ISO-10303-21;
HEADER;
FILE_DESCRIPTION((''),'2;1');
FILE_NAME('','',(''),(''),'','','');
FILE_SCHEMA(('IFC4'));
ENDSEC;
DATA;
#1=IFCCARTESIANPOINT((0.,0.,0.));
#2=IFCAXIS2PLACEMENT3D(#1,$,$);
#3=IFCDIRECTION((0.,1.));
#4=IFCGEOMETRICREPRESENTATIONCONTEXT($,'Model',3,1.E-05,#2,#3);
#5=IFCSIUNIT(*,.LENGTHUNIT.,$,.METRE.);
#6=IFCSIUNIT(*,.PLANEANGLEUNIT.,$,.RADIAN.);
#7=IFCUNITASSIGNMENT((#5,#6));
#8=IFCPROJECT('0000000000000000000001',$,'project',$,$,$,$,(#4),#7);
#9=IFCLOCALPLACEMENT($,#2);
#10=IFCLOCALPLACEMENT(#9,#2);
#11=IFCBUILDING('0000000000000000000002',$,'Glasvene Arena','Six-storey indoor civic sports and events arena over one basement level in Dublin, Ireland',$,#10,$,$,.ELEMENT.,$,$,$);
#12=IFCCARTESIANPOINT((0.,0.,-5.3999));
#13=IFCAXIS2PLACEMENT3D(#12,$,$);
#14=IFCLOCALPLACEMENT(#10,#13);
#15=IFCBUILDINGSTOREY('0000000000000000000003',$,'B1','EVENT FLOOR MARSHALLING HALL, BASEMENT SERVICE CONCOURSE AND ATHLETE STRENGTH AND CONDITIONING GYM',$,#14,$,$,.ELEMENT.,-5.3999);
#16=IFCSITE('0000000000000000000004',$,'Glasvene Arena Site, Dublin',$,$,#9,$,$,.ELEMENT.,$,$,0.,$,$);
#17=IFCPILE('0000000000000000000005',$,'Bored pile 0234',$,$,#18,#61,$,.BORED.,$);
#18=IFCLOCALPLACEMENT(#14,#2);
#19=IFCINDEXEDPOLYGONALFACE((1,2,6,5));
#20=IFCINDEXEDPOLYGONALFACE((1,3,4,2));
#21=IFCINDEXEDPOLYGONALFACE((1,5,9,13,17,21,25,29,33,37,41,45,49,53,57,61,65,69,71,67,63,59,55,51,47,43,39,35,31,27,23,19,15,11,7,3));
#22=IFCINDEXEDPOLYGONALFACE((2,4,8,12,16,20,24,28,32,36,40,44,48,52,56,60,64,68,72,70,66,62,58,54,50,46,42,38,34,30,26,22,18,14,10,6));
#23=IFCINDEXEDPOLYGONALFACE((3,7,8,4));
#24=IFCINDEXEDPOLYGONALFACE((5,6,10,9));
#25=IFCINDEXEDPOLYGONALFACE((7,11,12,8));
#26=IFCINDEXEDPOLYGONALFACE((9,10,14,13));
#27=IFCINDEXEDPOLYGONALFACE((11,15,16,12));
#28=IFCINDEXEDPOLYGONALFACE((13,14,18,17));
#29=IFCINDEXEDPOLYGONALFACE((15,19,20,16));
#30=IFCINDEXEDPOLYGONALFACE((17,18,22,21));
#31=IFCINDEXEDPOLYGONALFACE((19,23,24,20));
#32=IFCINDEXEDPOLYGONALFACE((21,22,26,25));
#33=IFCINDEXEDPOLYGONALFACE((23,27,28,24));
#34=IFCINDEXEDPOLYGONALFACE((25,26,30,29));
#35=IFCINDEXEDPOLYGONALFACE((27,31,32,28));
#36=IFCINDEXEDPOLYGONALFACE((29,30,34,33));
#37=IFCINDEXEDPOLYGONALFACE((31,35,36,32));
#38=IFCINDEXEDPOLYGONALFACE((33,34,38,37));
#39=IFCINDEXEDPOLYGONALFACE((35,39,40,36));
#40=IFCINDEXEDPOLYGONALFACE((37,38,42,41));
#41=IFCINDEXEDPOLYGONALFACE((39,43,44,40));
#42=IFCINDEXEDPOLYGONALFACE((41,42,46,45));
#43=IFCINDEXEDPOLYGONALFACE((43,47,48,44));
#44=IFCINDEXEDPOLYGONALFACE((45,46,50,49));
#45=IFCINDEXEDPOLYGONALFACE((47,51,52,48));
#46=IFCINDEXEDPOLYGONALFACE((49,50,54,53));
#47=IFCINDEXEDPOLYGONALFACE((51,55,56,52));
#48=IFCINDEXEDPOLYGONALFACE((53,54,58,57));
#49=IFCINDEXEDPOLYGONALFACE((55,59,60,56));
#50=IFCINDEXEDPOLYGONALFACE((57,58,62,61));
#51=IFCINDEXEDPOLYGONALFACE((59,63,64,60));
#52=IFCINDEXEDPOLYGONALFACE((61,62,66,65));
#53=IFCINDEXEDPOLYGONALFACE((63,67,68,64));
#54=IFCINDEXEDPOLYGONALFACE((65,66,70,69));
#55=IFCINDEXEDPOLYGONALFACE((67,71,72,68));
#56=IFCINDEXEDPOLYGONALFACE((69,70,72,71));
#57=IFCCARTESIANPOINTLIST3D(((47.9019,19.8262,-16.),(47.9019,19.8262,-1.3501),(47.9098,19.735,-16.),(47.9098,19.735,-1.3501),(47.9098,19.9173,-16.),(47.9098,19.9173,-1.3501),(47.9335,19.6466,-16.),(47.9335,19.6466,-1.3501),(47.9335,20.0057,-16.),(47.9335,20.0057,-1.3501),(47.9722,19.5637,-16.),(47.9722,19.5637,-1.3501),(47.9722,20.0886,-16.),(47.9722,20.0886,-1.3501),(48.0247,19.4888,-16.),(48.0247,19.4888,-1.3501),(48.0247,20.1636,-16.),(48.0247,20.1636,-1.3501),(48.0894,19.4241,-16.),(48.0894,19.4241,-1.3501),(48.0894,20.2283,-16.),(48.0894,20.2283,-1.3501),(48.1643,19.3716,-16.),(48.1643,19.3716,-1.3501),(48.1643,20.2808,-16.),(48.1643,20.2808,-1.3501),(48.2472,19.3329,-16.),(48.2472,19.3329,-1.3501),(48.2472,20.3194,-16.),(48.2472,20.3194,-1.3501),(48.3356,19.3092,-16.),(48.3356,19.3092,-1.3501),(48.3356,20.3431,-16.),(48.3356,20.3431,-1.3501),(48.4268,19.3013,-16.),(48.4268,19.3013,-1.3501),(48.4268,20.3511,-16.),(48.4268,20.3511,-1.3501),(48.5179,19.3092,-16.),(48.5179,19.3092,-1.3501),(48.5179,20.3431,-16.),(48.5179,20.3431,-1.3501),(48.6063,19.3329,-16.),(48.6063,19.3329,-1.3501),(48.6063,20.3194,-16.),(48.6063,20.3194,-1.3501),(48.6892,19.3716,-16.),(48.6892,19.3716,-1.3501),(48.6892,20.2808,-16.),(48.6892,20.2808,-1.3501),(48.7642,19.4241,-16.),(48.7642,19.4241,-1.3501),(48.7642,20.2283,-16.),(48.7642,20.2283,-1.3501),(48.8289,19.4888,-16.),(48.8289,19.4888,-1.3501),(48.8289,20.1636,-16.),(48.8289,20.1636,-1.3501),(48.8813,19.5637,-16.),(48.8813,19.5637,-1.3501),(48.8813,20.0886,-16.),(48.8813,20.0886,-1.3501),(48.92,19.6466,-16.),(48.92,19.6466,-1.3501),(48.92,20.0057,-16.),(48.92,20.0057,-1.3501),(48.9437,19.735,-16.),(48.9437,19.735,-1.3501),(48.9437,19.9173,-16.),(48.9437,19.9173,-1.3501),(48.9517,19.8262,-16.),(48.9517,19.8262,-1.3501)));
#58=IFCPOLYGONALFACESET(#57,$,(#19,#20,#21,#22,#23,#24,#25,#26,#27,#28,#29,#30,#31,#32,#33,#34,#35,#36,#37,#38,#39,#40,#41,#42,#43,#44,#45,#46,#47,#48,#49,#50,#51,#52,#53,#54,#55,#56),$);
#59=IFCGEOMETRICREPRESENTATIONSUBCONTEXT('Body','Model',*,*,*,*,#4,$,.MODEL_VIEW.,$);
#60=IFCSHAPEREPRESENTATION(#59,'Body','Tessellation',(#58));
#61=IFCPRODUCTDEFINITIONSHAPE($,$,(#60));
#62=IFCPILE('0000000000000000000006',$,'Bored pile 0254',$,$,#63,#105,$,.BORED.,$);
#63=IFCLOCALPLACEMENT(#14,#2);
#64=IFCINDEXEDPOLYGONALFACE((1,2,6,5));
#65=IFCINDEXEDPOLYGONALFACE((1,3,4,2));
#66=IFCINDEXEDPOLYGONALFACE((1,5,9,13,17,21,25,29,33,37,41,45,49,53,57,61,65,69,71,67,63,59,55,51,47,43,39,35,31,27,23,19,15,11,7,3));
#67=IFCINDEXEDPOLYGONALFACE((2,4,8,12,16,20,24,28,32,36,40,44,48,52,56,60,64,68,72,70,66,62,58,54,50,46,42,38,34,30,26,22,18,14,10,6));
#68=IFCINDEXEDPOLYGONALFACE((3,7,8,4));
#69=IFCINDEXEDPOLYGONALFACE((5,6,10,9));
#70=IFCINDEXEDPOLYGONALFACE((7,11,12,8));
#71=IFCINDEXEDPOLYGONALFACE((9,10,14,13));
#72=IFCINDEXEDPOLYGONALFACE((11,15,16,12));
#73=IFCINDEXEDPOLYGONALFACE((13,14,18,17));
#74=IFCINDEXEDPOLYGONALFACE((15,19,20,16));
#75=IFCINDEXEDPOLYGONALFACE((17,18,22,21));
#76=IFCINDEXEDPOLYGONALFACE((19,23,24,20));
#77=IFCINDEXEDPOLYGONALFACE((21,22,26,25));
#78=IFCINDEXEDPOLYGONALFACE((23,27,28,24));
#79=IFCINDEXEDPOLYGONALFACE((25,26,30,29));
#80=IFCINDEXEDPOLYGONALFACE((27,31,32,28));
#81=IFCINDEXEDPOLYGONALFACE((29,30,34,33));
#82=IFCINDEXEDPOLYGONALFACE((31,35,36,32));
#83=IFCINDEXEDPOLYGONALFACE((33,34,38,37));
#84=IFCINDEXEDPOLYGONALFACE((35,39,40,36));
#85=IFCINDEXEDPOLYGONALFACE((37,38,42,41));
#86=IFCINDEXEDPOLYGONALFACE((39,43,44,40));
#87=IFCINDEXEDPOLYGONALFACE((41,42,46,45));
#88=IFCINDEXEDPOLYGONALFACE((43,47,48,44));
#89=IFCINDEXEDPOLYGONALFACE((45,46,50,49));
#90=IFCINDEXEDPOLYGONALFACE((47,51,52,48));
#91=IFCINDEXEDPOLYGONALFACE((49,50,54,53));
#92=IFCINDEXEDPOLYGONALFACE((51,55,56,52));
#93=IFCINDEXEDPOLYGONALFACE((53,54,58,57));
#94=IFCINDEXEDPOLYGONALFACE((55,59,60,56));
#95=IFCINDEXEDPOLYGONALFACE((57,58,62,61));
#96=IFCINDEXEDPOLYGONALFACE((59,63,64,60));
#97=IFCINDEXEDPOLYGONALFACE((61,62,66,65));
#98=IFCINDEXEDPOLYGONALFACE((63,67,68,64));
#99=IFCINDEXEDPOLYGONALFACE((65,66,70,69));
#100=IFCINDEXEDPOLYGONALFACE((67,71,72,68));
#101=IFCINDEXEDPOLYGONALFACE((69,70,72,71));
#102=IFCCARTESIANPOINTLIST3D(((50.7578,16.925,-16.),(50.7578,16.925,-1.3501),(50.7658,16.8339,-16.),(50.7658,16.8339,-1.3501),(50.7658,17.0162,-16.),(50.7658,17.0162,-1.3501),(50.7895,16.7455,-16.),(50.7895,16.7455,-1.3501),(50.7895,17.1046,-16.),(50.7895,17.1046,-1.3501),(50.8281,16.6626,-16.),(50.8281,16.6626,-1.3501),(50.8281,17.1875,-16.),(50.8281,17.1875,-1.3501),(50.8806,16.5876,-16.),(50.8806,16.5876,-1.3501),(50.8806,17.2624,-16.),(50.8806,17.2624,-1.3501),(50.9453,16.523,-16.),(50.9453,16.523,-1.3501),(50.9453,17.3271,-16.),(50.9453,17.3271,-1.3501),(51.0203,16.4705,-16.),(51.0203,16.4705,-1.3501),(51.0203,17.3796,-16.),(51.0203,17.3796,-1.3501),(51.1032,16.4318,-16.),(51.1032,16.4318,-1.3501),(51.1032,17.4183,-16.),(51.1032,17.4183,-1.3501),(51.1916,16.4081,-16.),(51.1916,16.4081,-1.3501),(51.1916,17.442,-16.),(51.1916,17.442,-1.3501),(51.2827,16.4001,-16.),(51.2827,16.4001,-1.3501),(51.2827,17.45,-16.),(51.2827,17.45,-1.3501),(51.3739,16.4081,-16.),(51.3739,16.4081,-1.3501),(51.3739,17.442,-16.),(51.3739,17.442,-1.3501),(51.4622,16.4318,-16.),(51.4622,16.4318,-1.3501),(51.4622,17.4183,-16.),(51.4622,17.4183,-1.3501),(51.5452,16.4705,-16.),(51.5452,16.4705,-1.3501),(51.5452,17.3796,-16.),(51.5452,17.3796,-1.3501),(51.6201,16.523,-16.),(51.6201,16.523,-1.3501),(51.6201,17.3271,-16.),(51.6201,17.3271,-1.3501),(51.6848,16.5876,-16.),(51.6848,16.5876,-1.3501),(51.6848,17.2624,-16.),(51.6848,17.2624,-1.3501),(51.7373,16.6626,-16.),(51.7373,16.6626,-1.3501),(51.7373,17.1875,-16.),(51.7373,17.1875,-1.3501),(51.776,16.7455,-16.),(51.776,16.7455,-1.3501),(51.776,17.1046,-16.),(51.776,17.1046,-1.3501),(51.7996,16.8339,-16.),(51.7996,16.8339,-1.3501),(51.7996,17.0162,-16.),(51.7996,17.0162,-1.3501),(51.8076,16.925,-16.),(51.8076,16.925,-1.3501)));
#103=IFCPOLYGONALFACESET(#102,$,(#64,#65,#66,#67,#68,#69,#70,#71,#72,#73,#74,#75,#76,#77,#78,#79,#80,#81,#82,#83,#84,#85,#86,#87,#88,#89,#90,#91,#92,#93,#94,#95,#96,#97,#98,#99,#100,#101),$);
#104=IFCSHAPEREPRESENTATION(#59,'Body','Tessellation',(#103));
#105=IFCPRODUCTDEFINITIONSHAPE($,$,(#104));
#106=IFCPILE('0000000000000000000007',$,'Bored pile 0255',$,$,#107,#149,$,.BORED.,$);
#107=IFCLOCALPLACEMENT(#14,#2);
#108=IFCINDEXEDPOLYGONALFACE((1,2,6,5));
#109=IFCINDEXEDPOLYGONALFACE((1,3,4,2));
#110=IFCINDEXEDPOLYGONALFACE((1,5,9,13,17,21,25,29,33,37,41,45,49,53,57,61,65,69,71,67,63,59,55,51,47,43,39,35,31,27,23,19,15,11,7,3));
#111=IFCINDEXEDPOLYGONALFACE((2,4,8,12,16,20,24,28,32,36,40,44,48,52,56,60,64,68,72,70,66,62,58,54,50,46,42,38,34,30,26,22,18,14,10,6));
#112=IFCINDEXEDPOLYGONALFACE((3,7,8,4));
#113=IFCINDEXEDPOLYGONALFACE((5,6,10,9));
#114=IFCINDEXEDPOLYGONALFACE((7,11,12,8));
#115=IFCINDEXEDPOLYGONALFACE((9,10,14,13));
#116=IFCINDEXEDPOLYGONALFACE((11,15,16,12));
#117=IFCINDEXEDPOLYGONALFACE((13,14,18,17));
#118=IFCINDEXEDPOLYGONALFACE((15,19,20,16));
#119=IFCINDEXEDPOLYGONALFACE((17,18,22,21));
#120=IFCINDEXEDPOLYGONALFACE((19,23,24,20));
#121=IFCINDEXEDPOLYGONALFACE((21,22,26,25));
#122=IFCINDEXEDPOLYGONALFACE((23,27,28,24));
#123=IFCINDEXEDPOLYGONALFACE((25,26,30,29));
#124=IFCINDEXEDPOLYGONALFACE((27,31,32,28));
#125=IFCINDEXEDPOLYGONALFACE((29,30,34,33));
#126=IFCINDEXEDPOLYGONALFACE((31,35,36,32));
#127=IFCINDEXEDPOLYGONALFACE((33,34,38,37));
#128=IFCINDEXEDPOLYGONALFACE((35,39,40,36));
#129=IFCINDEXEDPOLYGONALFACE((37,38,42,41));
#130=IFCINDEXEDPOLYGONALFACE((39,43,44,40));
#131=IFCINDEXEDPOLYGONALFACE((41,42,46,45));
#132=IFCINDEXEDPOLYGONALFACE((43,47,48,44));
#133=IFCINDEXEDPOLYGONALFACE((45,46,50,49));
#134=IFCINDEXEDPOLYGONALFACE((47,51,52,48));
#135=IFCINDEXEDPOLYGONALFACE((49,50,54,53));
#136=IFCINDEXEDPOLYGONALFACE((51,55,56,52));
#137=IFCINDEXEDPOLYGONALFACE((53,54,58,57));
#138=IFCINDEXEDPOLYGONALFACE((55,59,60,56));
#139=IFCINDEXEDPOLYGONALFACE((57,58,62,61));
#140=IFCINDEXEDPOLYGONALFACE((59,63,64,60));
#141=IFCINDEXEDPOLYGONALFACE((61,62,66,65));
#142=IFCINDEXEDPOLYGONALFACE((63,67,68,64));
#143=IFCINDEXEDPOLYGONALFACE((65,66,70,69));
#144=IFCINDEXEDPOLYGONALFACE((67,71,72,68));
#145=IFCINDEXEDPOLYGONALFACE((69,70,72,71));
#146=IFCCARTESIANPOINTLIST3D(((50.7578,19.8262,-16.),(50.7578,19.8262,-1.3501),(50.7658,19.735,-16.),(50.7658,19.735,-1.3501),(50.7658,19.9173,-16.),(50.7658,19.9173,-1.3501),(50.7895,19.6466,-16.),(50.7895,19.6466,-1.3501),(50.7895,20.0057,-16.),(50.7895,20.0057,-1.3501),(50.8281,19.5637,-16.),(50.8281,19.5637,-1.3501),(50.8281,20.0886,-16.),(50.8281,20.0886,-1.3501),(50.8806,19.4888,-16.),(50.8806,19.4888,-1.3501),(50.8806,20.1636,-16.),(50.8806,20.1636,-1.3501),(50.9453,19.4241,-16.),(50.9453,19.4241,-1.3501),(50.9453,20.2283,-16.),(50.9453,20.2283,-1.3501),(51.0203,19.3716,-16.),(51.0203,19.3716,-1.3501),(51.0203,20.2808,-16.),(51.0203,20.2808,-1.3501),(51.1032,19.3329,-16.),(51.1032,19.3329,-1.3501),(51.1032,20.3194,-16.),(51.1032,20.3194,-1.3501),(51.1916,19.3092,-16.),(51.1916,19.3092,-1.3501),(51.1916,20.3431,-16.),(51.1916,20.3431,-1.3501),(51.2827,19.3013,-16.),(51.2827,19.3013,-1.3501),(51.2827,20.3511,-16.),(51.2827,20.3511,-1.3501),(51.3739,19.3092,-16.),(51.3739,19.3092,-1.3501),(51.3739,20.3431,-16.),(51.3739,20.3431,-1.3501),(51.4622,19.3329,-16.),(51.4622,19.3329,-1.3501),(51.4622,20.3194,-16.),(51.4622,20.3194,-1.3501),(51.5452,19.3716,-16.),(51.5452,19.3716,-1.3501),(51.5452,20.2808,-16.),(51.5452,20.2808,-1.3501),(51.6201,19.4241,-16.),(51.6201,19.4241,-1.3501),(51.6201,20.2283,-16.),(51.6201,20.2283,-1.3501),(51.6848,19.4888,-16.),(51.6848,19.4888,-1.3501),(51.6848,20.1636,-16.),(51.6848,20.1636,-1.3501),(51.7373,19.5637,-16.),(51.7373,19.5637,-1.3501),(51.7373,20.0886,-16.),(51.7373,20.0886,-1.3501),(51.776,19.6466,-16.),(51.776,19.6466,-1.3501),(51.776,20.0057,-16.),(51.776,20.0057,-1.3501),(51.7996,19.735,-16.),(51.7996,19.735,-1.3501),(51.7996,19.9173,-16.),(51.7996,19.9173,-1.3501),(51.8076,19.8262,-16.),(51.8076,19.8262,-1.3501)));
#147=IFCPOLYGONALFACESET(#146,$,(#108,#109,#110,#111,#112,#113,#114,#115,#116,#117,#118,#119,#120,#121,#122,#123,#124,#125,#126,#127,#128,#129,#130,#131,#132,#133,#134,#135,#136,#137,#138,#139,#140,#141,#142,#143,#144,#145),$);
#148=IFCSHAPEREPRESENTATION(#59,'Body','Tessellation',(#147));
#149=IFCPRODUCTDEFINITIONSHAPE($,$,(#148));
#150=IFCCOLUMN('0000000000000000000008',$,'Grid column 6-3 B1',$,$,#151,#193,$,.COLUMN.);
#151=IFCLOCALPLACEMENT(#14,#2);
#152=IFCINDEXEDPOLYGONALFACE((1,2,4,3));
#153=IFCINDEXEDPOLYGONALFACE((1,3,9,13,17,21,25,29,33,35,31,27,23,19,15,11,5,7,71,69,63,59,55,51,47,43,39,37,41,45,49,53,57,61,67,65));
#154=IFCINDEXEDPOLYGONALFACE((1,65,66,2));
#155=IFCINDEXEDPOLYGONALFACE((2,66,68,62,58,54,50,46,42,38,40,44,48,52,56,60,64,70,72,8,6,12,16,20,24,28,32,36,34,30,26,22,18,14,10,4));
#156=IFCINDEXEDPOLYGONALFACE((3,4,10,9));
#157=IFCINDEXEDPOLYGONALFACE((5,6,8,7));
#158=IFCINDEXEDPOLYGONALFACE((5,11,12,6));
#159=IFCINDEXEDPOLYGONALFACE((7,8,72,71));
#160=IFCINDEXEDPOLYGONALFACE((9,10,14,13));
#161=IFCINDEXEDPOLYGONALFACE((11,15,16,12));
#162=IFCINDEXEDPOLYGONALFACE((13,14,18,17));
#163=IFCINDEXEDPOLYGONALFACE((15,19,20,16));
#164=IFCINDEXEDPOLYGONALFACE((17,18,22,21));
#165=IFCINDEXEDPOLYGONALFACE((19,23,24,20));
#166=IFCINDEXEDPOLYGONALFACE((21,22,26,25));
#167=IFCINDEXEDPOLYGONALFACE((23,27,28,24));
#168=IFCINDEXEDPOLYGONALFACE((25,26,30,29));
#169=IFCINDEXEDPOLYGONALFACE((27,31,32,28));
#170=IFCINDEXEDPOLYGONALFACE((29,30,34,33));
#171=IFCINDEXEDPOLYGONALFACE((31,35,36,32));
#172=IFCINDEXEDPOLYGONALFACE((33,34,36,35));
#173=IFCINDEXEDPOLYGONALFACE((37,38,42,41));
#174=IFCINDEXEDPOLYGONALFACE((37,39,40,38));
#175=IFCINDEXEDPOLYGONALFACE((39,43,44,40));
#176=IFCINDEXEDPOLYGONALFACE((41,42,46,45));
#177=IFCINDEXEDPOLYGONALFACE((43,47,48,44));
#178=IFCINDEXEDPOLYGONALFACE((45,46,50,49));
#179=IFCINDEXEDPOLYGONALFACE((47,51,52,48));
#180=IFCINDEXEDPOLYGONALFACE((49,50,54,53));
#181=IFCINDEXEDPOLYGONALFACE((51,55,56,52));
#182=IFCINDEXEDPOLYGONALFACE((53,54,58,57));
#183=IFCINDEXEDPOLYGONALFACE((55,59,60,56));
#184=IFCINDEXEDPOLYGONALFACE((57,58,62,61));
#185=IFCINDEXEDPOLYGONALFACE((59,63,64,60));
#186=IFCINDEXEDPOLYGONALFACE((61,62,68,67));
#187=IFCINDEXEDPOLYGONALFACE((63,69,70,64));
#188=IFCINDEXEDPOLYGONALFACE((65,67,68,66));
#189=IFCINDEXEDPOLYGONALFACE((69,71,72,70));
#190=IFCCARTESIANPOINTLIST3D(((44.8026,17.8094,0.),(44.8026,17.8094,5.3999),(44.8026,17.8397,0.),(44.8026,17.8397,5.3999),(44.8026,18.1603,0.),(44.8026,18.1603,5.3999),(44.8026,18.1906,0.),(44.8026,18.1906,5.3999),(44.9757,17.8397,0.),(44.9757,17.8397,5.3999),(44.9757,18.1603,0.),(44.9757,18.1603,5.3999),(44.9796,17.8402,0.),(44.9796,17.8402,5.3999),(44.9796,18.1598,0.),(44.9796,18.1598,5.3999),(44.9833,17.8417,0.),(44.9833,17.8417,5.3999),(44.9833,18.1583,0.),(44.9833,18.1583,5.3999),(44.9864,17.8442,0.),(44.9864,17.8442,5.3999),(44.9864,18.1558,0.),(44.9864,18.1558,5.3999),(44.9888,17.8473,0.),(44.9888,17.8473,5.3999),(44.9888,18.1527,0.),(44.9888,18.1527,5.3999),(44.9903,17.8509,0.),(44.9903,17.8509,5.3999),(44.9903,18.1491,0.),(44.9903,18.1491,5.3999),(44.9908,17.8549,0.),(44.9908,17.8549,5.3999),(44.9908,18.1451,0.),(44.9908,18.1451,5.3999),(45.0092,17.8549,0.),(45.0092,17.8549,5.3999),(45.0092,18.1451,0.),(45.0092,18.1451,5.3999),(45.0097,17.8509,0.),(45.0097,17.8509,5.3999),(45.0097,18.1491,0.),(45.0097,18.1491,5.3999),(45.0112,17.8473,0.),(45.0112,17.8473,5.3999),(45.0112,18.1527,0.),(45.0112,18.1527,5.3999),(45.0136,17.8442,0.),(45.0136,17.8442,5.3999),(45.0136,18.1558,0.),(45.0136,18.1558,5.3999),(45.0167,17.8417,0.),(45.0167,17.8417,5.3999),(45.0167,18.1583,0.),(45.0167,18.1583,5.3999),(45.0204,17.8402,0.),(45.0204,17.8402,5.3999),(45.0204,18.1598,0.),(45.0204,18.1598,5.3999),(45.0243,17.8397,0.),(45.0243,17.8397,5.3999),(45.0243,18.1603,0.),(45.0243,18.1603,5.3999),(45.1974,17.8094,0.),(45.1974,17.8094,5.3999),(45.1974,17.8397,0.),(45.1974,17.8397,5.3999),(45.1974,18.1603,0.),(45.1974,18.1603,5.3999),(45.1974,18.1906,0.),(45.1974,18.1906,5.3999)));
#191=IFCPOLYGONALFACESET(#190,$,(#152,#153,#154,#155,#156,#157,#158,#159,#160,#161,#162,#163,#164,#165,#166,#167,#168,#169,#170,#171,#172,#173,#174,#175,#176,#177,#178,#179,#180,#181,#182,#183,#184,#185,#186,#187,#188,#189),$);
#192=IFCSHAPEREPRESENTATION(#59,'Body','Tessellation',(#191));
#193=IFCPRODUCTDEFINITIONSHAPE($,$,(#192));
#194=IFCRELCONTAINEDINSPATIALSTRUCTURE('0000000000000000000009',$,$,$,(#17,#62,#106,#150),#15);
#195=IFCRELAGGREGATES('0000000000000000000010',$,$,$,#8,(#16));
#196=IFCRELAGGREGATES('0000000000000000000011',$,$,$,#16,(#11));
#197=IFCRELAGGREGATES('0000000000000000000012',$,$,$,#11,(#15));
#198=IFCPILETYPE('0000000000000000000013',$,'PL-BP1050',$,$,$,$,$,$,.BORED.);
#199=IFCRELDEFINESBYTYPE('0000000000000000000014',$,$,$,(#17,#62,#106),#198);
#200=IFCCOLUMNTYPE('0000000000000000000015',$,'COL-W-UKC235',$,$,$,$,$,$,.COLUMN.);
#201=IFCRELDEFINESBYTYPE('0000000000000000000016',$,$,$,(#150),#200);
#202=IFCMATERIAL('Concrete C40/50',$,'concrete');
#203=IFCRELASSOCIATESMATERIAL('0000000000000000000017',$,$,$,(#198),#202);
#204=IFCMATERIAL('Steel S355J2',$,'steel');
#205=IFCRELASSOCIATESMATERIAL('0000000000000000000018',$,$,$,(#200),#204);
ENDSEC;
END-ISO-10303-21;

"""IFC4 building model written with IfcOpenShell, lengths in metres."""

from ifc_helpers import new_model, si_unit, direction, frame, origin, origin_2d, place, context, subcontext, project, spatial, circle, i_section, extrude, material, material_profile, profile_set, type_object, element, save


model = new_model("IFC4")

# Units and contexts
model_context = context("Model", 3, precision=1e-05, world=origin(), true_north=direction((0.0, 1.0)))
body_context = subcontext(model_context, "Body", "Model", "MODEL_VIEW")
ifc_project = project(units=[si_unit("LENGTHUNIT", "METRE"), si_unit("PLANEANGLEUNIT", "RADIAN")], contexts=[model_context])

# Site, building, storey
site_placement = place(None, origin())
site = spatial("IfcSite", under=ifc_project, at=site_placement, Name="Glasvene Arena Site, Dublin", CompositionType="ELEMENT", RefElevation=0.0)
building_placement = place(site_placement, origin())
building = spatial("IfcBuilding", under=site, at=building_placement, Name="Glasvene Arena", Description="Six-storey indoor civic sports and events arena over one basement level in Dublin, Ireland", CompositionType="ELEMENT")
storey_placement = place(building_placement, frame((0.0, 0.0, -5.3999)))
storey = spatial("IfcBuildingStorey", under=building, at=storey_placement, Name="B1", Description="EVENT FLOOR MARSHALLING HALL, BASEMENT SERVICE CONCOURSE AND ATHLETE STRENGTH AND CONDITIONING GYM", CompositionType="ELEMENT", Elevation=-5.3999)

# Shared definitions
ifc_material_1 = material(Name="Concrete C40/50", Category="concrete")

# Piles
ifc_material_profile_1 = material_profile(ifc_material_1, circle(Radius=0.5249, at=origin_2d()), Name="BORED PILE 1050")
ifc_profile_set_1 = profile_set([ifc_material_profile_1], Name="Concrete C40/50")
pile_type = type_object("IfcPileType", Name="PL-BP1050", PredefinedType="BORED", material=ifc_profile_set_1)
for number, where, z_axis, x_axis, name in (
    (1, (48.4268, 19.8262, -1.3501), (0.0, 0.0, -1.0), (1.0, 0.0, 0.0), "Bored pile 0234"),
    (2, (51.2827, 16.925, -1.3501), (0.0, 0.0, -1.0), (1.0, 0.0, 0.0), "Bored pile 0254"),
    (3, (51.2827, 19.8262, -1.3501), (0.0, 0.0, -1.0), (1.0, 0.0, 0.0), "Bored pile 0255"),
):
    element("IfcPile", number, at=place(storey_placement, frame(where, z_axis=z_axis, x_axis=x_axis)), inside=storey, type_object=pile_type, Name=name, PredefinedType="BORED", context=body_context, shape_type="SweptSolid", body=[
        extrude(circle(Radius=0.5249, at=origin_2d()), origin(), (0.0, 0.0, 1.0), 14.6499),
    ])

# Column
ifc_material_2 = material(Name="Steel S355J2", Category="steel")
ifc_material_profile_2 = material_profile(ifc_material_2, i_section(OverallWidth=0.3948, OverallDepth=0.3811, WebThickness=0.0183, FlangeThickness=0.0303, FilletRadius=0.0151, at=origin_2d()), Name="UKC 356x406x235")
ifc_profile_set_2 = profile_set([ifc_material_profile_2], Name="Steel S355J2")
column_type = type_object("IfcColumnType", Name="COL-W-UKC235", PredefinedType="COLUMN", material=ifc_profile_set_2)
column_placement = place(storey_placement, frame((45.0, 18.0, 0.0), z_axis=(0.0, 0.0, 1.0), x_axis=(1.0, 0.0, 0.0)))
element("IfcColumn", 4, at=column_placement, inside=storey, type_object=column_type, Name="Grid column 6-3 B1", PredefinedType="COLUMN", context=body_context, shape_type="SweptSolid", body=[
    extrude(i_section(OverallWidth=0.3948, OverallDepth=0.3811, WebThickness=0.0183, FlangeThickness=0.0303, FilletRadius=0.0151, at=origin_2d()), origin(), (0.0, 0.0, 1.0), 5.3999),
])

save(model, "model.ifc")
